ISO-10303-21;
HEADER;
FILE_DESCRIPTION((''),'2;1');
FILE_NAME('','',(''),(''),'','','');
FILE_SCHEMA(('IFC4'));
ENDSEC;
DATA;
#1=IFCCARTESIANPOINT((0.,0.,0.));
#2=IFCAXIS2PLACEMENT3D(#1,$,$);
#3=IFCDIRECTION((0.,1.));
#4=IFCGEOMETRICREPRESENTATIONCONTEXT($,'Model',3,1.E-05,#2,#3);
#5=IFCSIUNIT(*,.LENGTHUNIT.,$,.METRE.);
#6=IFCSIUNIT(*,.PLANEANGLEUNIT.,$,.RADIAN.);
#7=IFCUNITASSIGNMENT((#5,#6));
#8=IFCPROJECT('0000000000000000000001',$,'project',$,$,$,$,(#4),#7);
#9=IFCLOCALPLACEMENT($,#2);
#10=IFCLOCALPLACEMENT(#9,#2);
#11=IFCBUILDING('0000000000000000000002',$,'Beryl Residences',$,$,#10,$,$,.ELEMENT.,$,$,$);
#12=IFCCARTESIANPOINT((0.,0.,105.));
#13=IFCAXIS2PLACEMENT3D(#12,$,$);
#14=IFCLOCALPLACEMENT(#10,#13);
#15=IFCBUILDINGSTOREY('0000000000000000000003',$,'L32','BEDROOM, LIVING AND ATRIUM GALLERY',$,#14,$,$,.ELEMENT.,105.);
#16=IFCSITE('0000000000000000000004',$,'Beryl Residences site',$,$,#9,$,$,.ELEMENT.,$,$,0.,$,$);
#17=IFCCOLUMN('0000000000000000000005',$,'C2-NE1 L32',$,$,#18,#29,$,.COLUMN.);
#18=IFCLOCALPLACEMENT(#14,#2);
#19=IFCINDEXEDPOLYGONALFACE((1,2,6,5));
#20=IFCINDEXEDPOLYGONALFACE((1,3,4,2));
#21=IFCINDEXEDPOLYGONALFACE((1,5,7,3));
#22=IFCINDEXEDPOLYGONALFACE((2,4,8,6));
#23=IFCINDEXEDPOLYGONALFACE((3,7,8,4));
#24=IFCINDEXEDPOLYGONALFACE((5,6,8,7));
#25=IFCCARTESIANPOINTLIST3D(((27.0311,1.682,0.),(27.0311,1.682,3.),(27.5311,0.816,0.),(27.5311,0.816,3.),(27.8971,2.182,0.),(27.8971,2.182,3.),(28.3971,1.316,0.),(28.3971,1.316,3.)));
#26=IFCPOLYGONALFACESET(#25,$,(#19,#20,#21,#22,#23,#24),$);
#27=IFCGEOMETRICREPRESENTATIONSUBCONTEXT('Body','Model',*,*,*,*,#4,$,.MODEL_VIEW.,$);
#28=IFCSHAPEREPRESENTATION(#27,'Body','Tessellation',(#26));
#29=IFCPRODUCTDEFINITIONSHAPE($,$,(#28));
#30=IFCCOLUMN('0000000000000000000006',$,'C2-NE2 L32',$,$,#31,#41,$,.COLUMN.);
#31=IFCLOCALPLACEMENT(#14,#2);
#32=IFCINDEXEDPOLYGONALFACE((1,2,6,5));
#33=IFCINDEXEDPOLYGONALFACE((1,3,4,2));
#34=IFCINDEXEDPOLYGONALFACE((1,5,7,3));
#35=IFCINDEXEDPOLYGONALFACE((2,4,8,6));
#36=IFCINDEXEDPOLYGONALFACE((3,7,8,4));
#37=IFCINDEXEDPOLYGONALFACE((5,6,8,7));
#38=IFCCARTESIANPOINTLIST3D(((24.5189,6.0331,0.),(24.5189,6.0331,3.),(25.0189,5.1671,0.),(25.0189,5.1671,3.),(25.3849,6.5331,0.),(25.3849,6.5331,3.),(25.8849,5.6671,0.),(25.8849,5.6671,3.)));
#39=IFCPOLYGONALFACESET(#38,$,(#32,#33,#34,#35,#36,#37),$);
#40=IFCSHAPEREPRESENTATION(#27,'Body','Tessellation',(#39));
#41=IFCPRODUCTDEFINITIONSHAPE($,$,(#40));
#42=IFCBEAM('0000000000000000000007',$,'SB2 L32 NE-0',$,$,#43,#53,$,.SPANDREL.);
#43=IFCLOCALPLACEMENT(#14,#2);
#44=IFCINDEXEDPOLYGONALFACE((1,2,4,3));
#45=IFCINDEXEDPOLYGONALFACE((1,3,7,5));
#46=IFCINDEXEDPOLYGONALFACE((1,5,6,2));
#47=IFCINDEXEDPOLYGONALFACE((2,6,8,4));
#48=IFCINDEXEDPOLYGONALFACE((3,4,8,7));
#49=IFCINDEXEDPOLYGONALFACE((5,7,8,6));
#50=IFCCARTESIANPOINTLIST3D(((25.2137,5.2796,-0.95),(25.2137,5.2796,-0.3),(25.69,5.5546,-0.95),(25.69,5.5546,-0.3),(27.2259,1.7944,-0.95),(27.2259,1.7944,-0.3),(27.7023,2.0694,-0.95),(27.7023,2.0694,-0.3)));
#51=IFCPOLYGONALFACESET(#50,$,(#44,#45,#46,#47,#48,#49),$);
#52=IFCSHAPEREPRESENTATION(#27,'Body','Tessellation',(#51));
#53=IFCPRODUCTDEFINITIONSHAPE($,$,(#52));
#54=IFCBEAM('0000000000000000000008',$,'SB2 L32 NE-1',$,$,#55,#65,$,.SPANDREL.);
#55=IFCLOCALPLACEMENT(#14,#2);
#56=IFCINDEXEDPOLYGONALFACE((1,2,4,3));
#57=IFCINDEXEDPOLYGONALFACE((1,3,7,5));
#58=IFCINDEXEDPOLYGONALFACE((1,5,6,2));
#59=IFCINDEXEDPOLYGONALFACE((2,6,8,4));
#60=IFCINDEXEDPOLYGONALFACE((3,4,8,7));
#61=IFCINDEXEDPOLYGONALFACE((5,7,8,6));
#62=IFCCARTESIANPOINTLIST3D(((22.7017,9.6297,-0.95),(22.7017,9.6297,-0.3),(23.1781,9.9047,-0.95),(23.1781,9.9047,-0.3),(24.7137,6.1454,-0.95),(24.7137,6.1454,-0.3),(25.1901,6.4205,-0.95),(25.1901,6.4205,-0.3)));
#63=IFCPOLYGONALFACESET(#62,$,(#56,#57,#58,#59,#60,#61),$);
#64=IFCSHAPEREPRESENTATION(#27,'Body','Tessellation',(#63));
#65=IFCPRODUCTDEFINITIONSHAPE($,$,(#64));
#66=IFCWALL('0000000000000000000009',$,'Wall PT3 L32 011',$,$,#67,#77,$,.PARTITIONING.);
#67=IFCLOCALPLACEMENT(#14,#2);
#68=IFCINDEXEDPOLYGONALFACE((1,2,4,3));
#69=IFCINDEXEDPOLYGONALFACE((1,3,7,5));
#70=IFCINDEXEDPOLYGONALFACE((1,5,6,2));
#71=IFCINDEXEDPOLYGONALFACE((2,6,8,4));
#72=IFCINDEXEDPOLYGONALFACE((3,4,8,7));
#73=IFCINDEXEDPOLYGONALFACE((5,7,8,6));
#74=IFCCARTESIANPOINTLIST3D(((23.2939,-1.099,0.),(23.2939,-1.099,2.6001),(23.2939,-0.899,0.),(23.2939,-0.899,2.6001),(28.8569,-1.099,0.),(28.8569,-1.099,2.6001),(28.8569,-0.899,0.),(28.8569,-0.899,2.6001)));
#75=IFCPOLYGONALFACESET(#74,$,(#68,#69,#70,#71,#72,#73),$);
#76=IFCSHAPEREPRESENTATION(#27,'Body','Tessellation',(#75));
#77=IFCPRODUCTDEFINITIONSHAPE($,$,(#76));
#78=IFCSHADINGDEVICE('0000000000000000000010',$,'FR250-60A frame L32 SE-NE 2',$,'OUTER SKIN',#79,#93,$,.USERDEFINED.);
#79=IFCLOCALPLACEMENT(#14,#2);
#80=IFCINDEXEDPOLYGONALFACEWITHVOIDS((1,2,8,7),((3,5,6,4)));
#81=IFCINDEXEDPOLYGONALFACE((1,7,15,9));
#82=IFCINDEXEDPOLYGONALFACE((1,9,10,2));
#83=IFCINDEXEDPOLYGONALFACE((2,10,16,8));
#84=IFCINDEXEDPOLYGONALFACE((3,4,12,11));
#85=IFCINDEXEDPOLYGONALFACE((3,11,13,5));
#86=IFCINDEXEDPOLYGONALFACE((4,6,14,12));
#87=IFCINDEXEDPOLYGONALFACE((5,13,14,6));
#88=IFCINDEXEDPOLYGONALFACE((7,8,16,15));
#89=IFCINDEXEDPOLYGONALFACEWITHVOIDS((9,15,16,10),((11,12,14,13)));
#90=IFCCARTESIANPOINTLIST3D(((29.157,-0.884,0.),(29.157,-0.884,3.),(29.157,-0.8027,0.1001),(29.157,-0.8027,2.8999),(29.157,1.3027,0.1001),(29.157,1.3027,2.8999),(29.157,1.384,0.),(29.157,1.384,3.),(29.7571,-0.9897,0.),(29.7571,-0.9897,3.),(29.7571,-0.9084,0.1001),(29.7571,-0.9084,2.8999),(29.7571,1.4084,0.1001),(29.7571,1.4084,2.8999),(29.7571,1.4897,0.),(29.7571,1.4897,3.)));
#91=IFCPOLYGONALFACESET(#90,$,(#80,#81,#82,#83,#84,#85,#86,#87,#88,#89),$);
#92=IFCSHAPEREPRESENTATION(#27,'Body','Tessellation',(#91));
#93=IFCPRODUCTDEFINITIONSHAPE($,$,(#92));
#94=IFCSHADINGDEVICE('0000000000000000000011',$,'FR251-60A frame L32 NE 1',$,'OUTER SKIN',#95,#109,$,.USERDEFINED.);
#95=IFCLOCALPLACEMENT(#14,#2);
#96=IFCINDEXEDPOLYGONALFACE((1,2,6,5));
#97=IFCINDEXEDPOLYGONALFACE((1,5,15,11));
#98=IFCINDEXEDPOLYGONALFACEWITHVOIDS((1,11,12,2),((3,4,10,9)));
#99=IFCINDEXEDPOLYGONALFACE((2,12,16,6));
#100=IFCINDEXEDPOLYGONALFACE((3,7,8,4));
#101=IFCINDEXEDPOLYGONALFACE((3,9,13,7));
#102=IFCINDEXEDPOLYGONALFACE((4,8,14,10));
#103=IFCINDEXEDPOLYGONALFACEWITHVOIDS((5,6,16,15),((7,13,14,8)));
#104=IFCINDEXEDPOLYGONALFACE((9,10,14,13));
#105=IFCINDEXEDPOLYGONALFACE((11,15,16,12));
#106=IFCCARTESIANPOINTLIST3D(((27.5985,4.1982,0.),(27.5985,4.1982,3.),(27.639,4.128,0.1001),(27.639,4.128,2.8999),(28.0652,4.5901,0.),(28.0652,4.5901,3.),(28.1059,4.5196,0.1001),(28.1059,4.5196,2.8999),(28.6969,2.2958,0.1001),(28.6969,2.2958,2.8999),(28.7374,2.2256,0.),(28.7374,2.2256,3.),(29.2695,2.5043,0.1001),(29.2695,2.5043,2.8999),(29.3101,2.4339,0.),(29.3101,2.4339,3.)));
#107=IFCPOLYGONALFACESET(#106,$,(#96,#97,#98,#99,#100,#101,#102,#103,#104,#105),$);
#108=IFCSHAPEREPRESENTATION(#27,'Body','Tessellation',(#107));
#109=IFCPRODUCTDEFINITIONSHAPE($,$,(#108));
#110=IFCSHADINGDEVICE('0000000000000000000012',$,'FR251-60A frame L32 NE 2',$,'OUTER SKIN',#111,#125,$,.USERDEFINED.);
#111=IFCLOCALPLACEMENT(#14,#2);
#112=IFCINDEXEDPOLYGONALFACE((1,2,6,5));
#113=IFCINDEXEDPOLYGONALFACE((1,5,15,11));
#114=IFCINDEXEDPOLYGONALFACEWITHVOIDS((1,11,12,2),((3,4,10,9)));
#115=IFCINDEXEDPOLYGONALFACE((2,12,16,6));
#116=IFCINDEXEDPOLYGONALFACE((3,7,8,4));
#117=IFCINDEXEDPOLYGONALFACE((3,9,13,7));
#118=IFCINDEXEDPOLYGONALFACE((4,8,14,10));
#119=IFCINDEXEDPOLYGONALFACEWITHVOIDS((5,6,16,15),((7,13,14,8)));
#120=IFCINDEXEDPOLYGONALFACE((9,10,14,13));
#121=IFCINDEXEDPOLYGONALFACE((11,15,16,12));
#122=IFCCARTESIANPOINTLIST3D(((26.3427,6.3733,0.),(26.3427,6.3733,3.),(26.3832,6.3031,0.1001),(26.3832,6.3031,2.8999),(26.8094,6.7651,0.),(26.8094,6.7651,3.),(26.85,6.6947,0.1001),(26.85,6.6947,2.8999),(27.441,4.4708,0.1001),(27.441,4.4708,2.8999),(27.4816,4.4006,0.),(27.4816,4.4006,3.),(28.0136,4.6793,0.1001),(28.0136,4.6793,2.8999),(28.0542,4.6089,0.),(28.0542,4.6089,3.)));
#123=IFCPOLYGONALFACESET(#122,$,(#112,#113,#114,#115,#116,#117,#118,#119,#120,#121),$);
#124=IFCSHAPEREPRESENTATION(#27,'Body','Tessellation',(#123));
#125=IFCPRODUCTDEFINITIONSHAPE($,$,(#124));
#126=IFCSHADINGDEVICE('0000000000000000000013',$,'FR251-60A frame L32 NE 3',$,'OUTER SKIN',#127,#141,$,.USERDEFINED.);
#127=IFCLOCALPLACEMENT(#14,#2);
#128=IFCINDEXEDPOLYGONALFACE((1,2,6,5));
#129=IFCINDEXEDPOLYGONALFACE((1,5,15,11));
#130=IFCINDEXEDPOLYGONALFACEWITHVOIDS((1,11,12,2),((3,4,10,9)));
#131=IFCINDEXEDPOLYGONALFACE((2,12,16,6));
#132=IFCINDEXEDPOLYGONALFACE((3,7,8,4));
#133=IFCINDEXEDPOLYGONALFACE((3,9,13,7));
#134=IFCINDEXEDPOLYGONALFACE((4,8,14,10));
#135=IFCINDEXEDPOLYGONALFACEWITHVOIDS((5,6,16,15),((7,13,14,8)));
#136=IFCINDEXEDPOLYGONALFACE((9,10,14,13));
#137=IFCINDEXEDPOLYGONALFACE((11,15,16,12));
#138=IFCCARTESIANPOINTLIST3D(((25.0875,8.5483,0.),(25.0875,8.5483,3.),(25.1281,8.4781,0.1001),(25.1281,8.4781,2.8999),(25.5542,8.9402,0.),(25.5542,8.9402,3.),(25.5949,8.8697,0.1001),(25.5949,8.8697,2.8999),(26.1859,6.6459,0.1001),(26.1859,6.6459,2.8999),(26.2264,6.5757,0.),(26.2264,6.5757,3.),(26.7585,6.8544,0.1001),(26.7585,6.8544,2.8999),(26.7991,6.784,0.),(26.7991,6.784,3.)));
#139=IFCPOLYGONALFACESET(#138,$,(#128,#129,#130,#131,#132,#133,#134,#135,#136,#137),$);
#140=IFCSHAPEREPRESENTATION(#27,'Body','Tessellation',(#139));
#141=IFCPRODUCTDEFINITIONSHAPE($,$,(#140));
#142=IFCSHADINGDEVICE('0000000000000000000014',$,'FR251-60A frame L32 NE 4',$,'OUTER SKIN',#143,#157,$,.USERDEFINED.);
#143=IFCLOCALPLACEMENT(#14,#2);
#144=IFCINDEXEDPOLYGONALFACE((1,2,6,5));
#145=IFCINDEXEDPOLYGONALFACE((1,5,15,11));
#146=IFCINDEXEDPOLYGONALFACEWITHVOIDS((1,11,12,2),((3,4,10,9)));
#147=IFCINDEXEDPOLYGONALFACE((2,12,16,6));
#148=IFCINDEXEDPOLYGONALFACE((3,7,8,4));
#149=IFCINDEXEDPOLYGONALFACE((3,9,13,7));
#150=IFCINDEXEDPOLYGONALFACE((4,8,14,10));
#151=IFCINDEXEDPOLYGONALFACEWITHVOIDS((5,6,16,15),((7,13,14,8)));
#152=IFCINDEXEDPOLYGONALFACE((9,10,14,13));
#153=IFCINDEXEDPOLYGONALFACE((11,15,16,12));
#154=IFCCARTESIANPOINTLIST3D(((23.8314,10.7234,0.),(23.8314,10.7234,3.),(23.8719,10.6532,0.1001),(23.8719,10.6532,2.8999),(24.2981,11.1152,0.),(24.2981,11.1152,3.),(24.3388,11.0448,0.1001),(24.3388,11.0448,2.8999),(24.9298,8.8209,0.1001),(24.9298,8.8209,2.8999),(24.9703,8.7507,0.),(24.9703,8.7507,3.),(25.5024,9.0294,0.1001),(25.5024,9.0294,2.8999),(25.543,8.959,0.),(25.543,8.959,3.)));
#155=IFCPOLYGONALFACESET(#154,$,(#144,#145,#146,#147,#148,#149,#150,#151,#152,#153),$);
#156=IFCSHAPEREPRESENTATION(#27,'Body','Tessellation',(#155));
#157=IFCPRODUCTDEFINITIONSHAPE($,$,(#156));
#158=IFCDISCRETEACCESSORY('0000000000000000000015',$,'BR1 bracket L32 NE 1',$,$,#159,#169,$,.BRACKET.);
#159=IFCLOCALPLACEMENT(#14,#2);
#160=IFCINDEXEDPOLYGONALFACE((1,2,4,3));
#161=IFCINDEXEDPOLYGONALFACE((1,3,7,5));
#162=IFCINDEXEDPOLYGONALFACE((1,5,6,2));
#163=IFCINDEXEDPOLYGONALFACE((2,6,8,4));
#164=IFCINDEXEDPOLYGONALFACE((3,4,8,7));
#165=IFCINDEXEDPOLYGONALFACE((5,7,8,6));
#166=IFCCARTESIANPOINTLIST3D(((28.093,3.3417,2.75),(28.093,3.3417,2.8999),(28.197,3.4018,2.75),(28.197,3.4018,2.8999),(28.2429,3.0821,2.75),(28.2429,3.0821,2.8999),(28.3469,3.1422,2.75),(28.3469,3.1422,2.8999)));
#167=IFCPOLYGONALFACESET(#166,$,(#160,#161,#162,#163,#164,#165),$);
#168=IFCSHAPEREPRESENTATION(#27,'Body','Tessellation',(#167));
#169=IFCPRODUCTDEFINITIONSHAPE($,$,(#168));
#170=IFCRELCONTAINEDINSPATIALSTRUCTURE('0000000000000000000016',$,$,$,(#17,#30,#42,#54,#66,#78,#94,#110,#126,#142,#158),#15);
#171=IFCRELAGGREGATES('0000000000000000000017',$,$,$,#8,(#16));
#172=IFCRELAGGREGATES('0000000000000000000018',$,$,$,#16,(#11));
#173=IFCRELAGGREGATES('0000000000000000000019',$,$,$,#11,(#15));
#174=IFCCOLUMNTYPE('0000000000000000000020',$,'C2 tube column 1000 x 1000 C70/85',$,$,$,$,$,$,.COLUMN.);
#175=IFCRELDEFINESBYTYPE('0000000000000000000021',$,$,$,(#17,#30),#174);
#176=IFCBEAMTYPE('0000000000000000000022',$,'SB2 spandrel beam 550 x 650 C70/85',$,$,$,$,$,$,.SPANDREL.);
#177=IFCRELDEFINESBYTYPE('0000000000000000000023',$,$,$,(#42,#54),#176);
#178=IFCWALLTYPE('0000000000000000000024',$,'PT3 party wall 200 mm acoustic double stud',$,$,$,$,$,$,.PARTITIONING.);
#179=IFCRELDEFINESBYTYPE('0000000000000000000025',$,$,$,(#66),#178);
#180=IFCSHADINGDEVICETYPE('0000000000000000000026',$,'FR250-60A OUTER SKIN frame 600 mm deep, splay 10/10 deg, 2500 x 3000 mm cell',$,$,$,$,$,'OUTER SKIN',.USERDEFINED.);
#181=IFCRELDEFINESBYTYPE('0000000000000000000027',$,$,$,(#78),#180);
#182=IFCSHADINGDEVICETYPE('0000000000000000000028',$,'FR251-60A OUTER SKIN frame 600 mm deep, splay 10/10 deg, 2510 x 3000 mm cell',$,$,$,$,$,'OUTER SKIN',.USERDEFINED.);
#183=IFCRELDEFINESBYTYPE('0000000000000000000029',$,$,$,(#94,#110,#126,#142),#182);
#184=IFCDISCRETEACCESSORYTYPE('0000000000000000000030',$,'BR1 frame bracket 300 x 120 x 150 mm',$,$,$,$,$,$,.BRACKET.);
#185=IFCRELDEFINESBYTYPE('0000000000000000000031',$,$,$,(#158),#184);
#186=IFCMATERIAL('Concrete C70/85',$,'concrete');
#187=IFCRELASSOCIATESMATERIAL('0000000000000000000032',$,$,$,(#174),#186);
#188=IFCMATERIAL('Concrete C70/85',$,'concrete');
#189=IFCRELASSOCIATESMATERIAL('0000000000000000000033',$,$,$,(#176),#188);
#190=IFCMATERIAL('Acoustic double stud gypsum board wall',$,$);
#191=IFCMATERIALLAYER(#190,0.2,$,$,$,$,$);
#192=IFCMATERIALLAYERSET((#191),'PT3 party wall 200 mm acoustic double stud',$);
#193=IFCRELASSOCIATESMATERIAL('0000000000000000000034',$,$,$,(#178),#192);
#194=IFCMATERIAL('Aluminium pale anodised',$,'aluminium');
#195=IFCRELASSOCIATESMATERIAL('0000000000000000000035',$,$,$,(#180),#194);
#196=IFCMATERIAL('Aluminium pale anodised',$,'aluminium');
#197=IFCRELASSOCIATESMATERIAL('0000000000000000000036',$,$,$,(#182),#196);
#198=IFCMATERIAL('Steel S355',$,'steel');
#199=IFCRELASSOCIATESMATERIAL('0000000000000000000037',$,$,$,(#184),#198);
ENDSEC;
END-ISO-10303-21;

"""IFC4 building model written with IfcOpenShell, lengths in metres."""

from ifc_helpers import new_model, entity, si_unit, direction, frame, frame_2d, origin, origin_2d, place, context, subcontext, project, spatial, polyline, rectangle, outline, extrude, source, transform, mapped, material, layer, layer_set, material_profile, profile_set, type_object, type_shapes, element, save


model = new_model("IFC4")

# Units and contexts
model_context = context("Model", 3, precision=1e-05, world=origin(), true_north=direction((0.0, 1.0)))
body_context = subcontext(model_context, "Body", "Model", "MODEL_VIEW")
ifc_project = project(units=[si_unit("LENGTHUNIT", "METRE"), si_unit("PLANEANGLEUNIT", "RADIAN")], contexts=[model_context])

# Site, building, storey
site_placement = place(None, origin())
site = spatial("IfcSite", under=ifc_project, at=site_placement, Name="Beryl Residences site", CompositionType="ELEMENT", RefElevation=0.0)
building_placement = place(site_placement, origin())
building = spatial("IfcBuilding", under=site, at=building_placement, Name="Beryl Residences", CompositionType="ELEMENT")
storey_placement = place(building_placement, frame((0.0, 0.0, 105.0)))
storey = spatial("IfcBuildingStorey", under=building, at=storey_placement, Name="L32", Description="BEDROOM, LIVING AND ATRIUM GALLERY", CompositionType="ELEMENT", Elevation=105.0)

# Columns
ifc_material_1 = material(Name="Concrete C70/85", Category="concrete")
ifc_material_profile_1 = material_profile(ifc_material_1, rectangle(XDim=1.0, YDim=1.0, at=origin_2d()))
ifc_profile_set_1 = profile_set([ifc_material_profile_1], Name="Concrete C70/85")
column_type = type_object("IfcColumnType", Name="C2 tube column 1000 x 1000 C70/85", PredefinedType="COLUMN", material=ifc_profile_set_1)
for number, where, z_axis, x_axis, name in (
    (1, (27.7141, 1.499, 0.0), (0.0, 0.0, 1.0), (-0.5, 0.866025, 0.0), "C2-NE1 L32"),
    (2, (25.2019, 5.8501, 0.0), (0.0, 0.0, 1.0), (-0.5, 0.866025, 0.0), "C2-NE2 L32"),
):
    element("IfcColumn", number, at=place(storey_placement, frame(where, z_axis=z_axis, x_axis=x_axis)), inside=storey, type_object=column_type, Name=name, PredefinedType="COLUMN", context=body_context, shape_type="SweptSolid", body=[
        extrude(rectangle(XDim=1.0, YDim=1.0, at=origin_2d()), origin(), (0.0, 0.0, 1.0), 3.0),
    ])

# Beams
ifc_material_2 = material(Name="Concrete C70/85", Category="concrete")
ifc_material_profile_2 = material_profile(ifc_material_2, rectangle(XDim=0.55, YDim=0.6499, at=origin_2d()))
ifc_profile_set_2 = profile_set([ifc_material_profile_2], Name="Concrete C70/85")
beam_type = type_object("IfcBeamType", Name="SB2 spandrel beam 550 x 650 C70/85", PredefinedType="SPANDREL", material=ifc_profile_set_2)
beam_1_placement = place(storey_placement, frame((27.4641, 1.9319, -0.625), z_axis=(-0.500015, 0.866017, 0.0), x_axis=(-0.866017, -0.500015, 0.0)))
element("IfcBeam", 3, at=beam_1_placement, inside=storey, type_object=beam_type, Name="SB2 L32 NE-0", PredefinedType="SPANDREL", context=body_context, shape_type="SweptSolid", body=[
    extrude(rectangle(XDim=0.55, YDim=0.6499, at=origin_2d()), origin(), (0.0, 0.0, 1.0), 4.0244),
])
beam_2_placement = place(storey_placement, frame((24.9519, 6.283, -0.625), z_axis=(-0.500074, 0.865982, 0.0), x_axis=(-0.865982, -0.500074, 0.0)))
element("IfcBeam", 4, at=beam_2_placement, inside=storey, type_object=beam_type, Name="SB2 L32 NE-1", PredefinedType="SPANDREL", context=body_context, shape_type="SweptSolid", body=[
    extrude(rectangle(XDim=0.55, YDim=0.6499, at=origin_2d()), origin(), (0.0, 0.0, 1.0), 4.0234),
])

# Wall
ifc_material_3 = material(Name="Acoustic double stud gypsum board wall")
ifc_layer_1 = layer(ifc_material_3, 0.2)
ifc_layer_set_1 = layer_set([ifc_layer_1], Name="PT3 party wall 200 mm acoustic double stud")
wall_type_1 = type_object("IfcWallType", Name="PT3 party wall 200 mm acoustic double stud", PredefinedType="PARTITIONING", material=ifc_layer_set_1)
wall_1_placement = place(storey_placement, frame((23.2939, -0.999, 0.0), z_axis=(0.0, 0.0, 1.0), x_axis=(1.0, 0.0, 0.0)))
element("IfcWall", 5, at=wall_1_placement, inside=storey, type_object=wall_type_1, Name="Wall PT3 L32 011", PredefinedType="PARTITIONING", context=body_context, shape_type="SweptSolid", body=[
    extrude(rectangle(XDim=5.563, YDim=0.2, at=frame_2d((2.7815, 0.0))), origin(), (0.0, 0.0, 1.0), 2.6001),
])

# Shading devices
ifc_material_4 = material(Name="Aluminium pale anodised", Category="aluminium")
shading_device_type_1 = type_object("IfcShadingDeviceType", Name="FR250-60A OUTER SKIN frame 600 mm deep, splay 10/10 deg, 2500 x 3000 mm cell", ElementType="OUTER SKIN", PredefinedType="USERDEFINED", material=ifc_material_4)
cartesian_point_1 = entity("IfcCartesianPoint", [-1.134, 0.0])
cartesian_point_2 = entity("IfcCartesianPoint", [-1.0527, 0.1001])
cartesian_point_3 = entity("IfcCartesianPoint", [-1.2397, 0.0])
cartesian_point_4 = entity("IfcCartesianPoint", [-1.1584, 0.1001])
shared_shape_1 = source(origin(), body_context, "Body", "SweptSolid", [
    entity("IfcExtrudedAreaSolidTapered", entity("IfcArbitraryProfileDefWithVoids", "AREA", None, entity("IfcPolyline", [cartesian_point_1, entity("IfcCartesianPoint", [1.134, 0.0]), entity("IfcCartesianPoint", [1.134, 3.0]), entity("IfcCartesianPoint", [-1.134, 3.0]), cartesian_point_1]), [entity("IfcPolyline", [cartesian_point_2, entity("IfcCartesianPoint", [1.0527, 0.1001]), entity("IfcCartesianPoint", [1.0527, 2.8999]), entity("IfcCartesianPoint", [-1.0527, 2.8999]), cartesian_point_2])]), entity("IfcAxis2Placement3D", entity("IfcCartesianPoint", [0.0, 0.0, 0.0]), entity("IfcDirection", [0.0, 1.0, 0.0]), entity("IfcDirection", [-1.0, 0.0, 0.0])), entity("IfcDirection", [0.0, 0.0, 1.0]), 0.6001, entity("IfcArbitraryProfileDefWithVoids", "AREA", None, entity("IfcPolyline", [cartesian_point_3, entity("IfcCartesianPoint", [1.2397, 0.0]), entity("IfcCartesianPoint", [1.2397, 3.0]), entity("IfcCartesianPoint", [-1.2397, 3.0]), cartesian_point_3]), [entity("IfcPolyline", [cartesian_point_4, entity("IfcCartesianPoint", [1.1584, 0.1001]), entity("IfcCartesianPoint", [1.1584, 2.8999]), entity("IfcCartesianPoint", [-1.1584, 2.8999]), cartesian_point_4])])),
])
type_shapes(shading_device_type_1, [shared_shape_1])
shading_device_placement = place(storey_placement, frame((29.157, 0.25, 0.0), z_axis=(0.0, 0.0, 1.0), x_axis=(0.0, -1.0, 0.0)))
element("IfcShadingDevice", 6, at=shading_device_placement, inside=storey, type_object=shading_device_type_1, Name="FR250-60A frame L32 SE-NE 2", ObjectType="OUTER SKIN", PredefinedType="USERDEFINED", context=body_context, shape_type="MappedRepresentation", body=[
    mapped(shared_shape_1, transform((0.0, 0.0, 0.0))),
])
ifc_material_5 = material(Name="Aluminium pale anodised", Category="aluminium")
shading_device_type_2 = type_object("IfcShadingDeviceType", Name="FR251-60A OUTER SKIN frame 600 mm deep, splay 10/10 deg, 2510 x 3000 mm cell", ElementType="OUTER SKIN", PredefinedType="USERDEFINED", material=ifc_material_5)
cartesian_point_5 = entity("IfcCartesianPoint", [-1.1389, 0.0])
cartesian_point_6 = entity("IfcCartesianPoint", [-1.0579, 0.1001])
cartesian_point_7 = entity("IfcCartesianPoint", [-1.2449, 0.0])
cartesian_point_8 = entity("IfcCartesianPoint", [-1.1636, 0.1001])
shared_shape_2 = source(origin(), body_context, "Body", "SweptSolid", [
    entity("IfcExtrudedAreaSolidTapered", entity("IfcArbitraryProfileDefWithVoids", "AREA", None, entity("IfcPolyline", [cartesian_point_5, entity("IfcCartesianPoint", [1.1389, 0.0]), entity("IfcCartesianPoint", [1.1389, 3.0]), entity("IfcCartesianPoint", [-1.1389, 3.0]), cartesian_point_5]), [entity("IfcPolyline", [cartesian_point_6, entity("IfcCartesianPoint", [1.0579, 0.1001]), entity("IfcCartesianPoint", [1.0579, 2.8999]), entity("IfcCartesianPoint", [-1.0579, 2.8999]), cartesian_point_6])]), entity("IfcAxis2Placement3D", entity("IfcCartesianPoint", [0.0, 0.0, 0.0]), entity("IfcDirection", [0.0, 1.0, 0.0]), entity("IfcDirection", [-1.0, 0.0, 0.0])), entity("IfcDirection", [0.0, 0.0, 1.0]), 0.6001, entity("IfcArbitraryProfileDefWithVoids", "AREA", None, entity("IfcPolyline", [cartesian_point_7, entity("IfcCartesianPoint", [1.2449, 0.0]), entity("IfcCartesianPoint", [1.2449, 3.0]), entity("IfcCartesianPoint", [-1.2449, 3.0]), cartesian_point_7]), [entity("IfcPolyline", [cartesian_point_8, entity("IfcCartesianPoint", [1.1636, 0.1001]), entity("IfcCartesianPoint", [1.1636, 2.8999]), entity("IfcCartesianPoint", [-1.1636, 2.8999]), cartesian_point_8])])),
])
type_shapes(shading_device_type_2, [shared_shape_2])
for number, where, z_axis, x_axis, name in (
    (7, (28.168, 3.2119, 0.0), (0.0, 0.0, 1.0), (0.5, -0.866025, 0.0), "FR251-60A frame L32 NE 1"),
    (8, (26.9121, 5.387, 0.0), (0.0, 0.0, 1.0), (0.5, -0.866025, 0.0), "FR251-60A frame L32 NE 2"),
    (9, (25.657, 7.562, 0.0), (0.0, 0.0, 1.0), (0.5, -0.866025, 0.0), "FR251-60A frame L32 NE 3"),
    (10, (24.4009, 9.7371, 0.0), (0.0, 0.0, 1.0), (0.5, -0.866025, 0.0), "FR251-60A frame L32 NE 4"),
):
    element("IfcShadingDevice", number, at=place(storey_placement, frame(where, z_axis=z_axis, x_axis=x_axis)), inside=storey, type_object=shading_device_type_2, Name=name, ObjectType="OUTER SKIN", PredefinedType="USERDEFINED", context=body_context, shape_type="MappedRepresentation", body=[
        mapped(shared_shape_2, transform((0.0, 0.0, 0.0))),
    ])

# Discrete accessory
ifc_material_6 = material(Name="Steel S355", Category="steel")
discrete_accessory_type = type_object("IfcDiscreteAccessoryType", Name="BR1 frame bracket 300 x 120 x 150 mm", PredefinedType="BRACKET", material=ifc_material_6)
shared_shape_3 = source(origin(), body_context, "Body", "SweptSolid", [
    extrude(outline(polyline([(-0.1499, 0.0), (0.1499, 0.0), (0.1499, 0.1201), (-0.1499, 0.1201), (-0.1499, 0.0)])), origin(), (0.0, 0.0, 1.0), 0.1499),
])
type_shapes(discrete_accessory_type, [shared_shape_3])
discrete_accessory_placement = place(storey_placement, frame((28.168, 3.2119, 2.75), z_axis=(0.0, 0.0, 1.0), x_axis=(0.5, -0.866025, 0.0)))
element("IfcDiscreteAccessory", 11, at=discrete_accessory_placement, inside=storey, type_object=discrete_accessory_type, Name="BR1 bracket L32 NE 1", PredefinedType="BRACKET", context=body_context, shape_type="MappedRepresentation", body=[
    mapped(shared_shape_3, transform((0.0, 0.0, 0.0))),
])

save(model, "model.ifc")
